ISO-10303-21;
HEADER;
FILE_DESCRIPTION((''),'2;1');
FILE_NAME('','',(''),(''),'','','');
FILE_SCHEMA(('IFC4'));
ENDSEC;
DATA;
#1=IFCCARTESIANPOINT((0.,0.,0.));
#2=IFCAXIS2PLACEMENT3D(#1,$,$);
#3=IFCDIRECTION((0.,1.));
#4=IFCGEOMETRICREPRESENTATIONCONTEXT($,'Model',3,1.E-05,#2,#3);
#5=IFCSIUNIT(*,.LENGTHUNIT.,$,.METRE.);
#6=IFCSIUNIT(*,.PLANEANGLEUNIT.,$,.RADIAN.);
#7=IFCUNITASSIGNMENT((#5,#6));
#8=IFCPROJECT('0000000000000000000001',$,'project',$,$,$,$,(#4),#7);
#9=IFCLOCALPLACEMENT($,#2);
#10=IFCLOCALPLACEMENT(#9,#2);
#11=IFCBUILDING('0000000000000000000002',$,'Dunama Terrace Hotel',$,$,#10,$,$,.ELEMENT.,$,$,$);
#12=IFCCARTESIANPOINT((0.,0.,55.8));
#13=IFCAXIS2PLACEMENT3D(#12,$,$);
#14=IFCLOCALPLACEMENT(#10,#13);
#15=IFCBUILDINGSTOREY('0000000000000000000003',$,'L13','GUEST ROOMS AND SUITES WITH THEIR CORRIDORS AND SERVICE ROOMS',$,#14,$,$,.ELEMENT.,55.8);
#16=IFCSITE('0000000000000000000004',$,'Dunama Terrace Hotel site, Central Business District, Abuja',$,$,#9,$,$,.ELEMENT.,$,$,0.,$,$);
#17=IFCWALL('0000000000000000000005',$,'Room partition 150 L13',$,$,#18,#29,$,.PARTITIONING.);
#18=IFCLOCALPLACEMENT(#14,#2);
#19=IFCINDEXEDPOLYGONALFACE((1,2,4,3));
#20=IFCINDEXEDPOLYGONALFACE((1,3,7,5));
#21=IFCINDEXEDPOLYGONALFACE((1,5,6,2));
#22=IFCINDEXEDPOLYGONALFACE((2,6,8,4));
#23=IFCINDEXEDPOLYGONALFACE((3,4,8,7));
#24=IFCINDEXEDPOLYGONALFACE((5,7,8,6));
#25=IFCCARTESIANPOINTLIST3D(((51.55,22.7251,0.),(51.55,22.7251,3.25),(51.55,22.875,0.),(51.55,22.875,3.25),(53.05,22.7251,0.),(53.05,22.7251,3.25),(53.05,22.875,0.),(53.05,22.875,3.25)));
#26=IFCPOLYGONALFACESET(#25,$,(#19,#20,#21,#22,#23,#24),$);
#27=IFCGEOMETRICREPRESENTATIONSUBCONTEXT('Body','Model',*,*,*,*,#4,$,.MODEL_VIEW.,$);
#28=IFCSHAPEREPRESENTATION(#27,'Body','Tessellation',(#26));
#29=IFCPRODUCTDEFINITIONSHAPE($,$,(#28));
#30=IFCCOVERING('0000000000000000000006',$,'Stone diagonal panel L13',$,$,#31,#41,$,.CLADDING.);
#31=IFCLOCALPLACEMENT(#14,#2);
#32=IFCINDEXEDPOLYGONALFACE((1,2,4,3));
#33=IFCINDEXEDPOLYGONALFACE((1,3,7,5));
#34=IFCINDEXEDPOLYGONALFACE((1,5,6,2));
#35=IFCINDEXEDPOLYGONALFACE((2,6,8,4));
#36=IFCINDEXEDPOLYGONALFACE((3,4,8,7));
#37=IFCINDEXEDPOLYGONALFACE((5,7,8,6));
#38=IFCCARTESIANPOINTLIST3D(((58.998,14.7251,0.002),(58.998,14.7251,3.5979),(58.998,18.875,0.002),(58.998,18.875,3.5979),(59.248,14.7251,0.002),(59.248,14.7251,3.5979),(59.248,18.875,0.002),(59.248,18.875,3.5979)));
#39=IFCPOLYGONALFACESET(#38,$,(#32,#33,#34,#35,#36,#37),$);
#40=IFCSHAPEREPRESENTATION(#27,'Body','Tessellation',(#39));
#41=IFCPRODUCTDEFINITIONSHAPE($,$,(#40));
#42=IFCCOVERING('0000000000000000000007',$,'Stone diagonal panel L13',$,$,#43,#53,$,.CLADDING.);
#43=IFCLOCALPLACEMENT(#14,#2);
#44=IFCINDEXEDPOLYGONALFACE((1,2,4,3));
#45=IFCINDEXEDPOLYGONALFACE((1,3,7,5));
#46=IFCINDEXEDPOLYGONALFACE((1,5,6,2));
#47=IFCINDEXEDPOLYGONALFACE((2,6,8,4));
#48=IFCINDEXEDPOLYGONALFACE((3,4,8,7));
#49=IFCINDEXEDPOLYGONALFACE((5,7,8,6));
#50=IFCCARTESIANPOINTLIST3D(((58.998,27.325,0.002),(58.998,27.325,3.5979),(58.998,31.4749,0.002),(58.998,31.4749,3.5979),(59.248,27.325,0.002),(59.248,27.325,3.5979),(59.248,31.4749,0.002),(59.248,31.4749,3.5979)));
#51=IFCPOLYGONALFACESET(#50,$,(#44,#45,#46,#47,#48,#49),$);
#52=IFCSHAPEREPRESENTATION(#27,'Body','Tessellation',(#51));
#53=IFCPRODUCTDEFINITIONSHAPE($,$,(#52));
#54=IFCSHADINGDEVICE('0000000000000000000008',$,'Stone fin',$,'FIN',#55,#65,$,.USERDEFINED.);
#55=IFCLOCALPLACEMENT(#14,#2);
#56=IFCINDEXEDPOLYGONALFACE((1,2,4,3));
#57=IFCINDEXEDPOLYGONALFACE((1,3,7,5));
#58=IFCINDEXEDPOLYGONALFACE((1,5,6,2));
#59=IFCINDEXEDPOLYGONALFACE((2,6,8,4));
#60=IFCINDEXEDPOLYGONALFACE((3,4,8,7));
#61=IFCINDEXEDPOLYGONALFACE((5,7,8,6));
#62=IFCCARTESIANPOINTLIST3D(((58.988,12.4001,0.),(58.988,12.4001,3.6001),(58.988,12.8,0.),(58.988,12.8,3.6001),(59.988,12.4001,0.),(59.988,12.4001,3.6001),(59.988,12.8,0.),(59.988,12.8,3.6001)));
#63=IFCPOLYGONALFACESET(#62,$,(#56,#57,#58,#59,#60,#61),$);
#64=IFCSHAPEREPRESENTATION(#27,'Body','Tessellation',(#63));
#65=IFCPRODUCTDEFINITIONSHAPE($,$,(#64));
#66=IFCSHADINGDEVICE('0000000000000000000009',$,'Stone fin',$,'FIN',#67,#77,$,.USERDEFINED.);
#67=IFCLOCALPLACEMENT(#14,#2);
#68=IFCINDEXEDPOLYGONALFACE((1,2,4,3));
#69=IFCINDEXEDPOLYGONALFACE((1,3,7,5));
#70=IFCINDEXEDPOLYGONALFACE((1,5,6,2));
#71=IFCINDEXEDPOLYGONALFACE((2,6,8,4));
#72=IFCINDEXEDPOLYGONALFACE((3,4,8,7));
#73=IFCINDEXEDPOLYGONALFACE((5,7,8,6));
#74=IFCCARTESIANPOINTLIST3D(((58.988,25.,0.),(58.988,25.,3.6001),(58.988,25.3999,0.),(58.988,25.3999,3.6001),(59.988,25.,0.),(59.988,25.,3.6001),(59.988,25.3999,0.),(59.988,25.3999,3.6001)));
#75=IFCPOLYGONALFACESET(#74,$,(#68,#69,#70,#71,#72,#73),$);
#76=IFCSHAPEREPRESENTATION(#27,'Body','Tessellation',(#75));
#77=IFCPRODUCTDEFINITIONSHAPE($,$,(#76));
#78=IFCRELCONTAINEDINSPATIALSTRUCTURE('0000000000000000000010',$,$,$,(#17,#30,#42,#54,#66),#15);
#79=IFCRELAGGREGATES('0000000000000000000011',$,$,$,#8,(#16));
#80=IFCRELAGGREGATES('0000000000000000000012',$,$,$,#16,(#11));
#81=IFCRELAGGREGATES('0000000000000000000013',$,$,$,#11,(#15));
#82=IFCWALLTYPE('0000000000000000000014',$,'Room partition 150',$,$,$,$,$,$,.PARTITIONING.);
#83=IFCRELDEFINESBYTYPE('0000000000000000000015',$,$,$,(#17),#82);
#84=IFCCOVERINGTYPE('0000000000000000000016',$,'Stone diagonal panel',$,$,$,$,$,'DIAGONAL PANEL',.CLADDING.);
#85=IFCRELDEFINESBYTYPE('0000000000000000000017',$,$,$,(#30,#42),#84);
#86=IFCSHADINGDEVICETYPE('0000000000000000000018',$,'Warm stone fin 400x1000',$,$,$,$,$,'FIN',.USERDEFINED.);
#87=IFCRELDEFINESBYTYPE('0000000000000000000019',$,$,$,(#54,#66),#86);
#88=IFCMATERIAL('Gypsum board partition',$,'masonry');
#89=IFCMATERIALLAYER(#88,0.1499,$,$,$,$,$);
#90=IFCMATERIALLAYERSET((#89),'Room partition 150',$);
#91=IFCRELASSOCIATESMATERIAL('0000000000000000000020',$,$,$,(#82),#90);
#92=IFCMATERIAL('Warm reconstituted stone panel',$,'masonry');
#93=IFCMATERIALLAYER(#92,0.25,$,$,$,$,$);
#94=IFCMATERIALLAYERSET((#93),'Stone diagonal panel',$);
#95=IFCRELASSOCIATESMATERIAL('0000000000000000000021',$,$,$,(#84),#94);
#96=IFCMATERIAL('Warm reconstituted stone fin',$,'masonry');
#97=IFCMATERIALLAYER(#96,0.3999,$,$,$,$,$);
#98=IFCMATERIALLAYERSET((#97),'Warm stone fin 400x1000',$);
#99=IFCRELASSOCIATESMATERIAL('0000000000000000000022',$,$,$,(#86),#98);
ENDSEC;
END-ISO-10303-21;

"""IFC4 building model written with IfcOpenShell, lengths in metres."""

from ifc_helpers import new_model, si_unit, direction, frame, frame_2d, origin, origin_2d, place, context, subcontext, project, spatial, rectangle, extrude, material, layer, layer_set, type_object, element, save


model = new_model("IFC4")

# Units and contexts
model_context = context("Model", 3, precision=1e-05, world=origin(), true_north=direction((0.0, 1.0)))
body_context = subcontext(model_context, "Body", "Model", "MODEL_VIEW")
ifc_project = project(units=[si_unit("LENGTHUNIT", "METRE"), si_unit("PLANEANGLEUNIT", "RADIAN")], contexts=[model_context])

# Site, building, storey
site_placement = place(None, origin())
site = spatial("IfcSite", under=ifc_project, at=site_placement, Name="Dunama Terrace Hotel site, Central Business District, Abuja", CompositionType="ELEMENT", RefElevation=0.0)
building_placement = place(site_placement, origin())
building = spatial("IfcBuilding", under=site, at=building_placement, Name="Dunama Terrace Hotel", CompositionType="ELEMENT")
storey_placement = place(building_placement, frame((0.0, 0.0, 55.8)))
storey = spatial("IfcBuildingStorey", under=building, at=storey_placement, Name="L13", Description="GUEST ROOMS AND SUITES WITH THEIR CORRIDORS AND SERVICE ROOMS", CompositionType="ELEMENT", Elevation=55.8)

# Shared definitions
ifc_material_1 = material(Name="Gypsum board partition", Category="masonry")
ifc_layer_1 = layer(ifc_material_1, 0.1499)
ifc_layer_set_1 = layer_set([ifc_layer_1], Name="Room partition 150")
wall_type_1 = type_object("IfcWallType", Name="Room partition 150", PredefinedType="PARTITIONING", material=ifc_layer_set_1)

# Wall
wall_1_placement = place(storey_placement, frame((51.55, 22.8, 0.0), z_axis=(0.0, 0.0, 1.0), x_axis=(1.0, 0.0, 0.0)))
element("IfcWall", 1, at=wall_1_placement, inside=storey, type_object=wall_type_1, Name="Room partition 150 L13", PredefinedType="PARTITIONING", context=body_context, shape_type="SweptSolid", body=[
    extrude(rectangle(XDim=1.5, YDim=0.1499, at=frame_2d((0.75, 0.0))), origin(), (0.0, 0.0, 1.0), 3.25),
])

# Coverings
ifc_material_2 = material(Name="Warm reconstituted stone panel", Category="masonry")
ifc_layer_2 = layer(ifc_material_2, 0.25)
ifc_layer_set_2 = layer_set([ifc_layer_2], Name="Stone diagonal panel")
covering_type = type_object("IfcCoveringType", Name="Stone diagonal panel", ElementType="DIAGONAL PANEL", PredefinedType="CLADDING", material=ifc_layer_set_2)
for number, where, z_axis, x_axis, name in (
    (2, (59.123, 16.8, 0.002), (0.0, 0.0, 1.0), (0.0, 1.0, 0.0), "Stone diagonal panel L13"),
    (3, (59.123, 29.3999, 0.002), (0.0, 0.0, 1.0), (0.0, 1.0, 0.0), "Stone diagonal panel L13"),
):
    element("IfcCovering", number, at=place(storey_placement, frame(where, z_axis=z_axis, x_axis=x_axis)), inside=storey, type_object=covering_type, Name=name, PredefinedType="CLADDING", context=body_context, shape_type="SweptSolid", body=[
        extrude(rectangle(XDim=4.1499, YDim=0.25, at=origin_2d()), origin(), (0.0, 0.0, 1.0), 3.5959),
    ])

# Shading devices
ifc_material_3 = material(Name="Warm reconstituted stone fin", Category="masonry")
ifc_layer_3 = layer(ifc_material_3, 0.3999)
ifc_layer_set_3 = layer_set([ifc_layer_3], Name="Warm stone fin 400x1000")
shading_device_type = type_object("IfcShadingDeviceType", Name="Warm stone fin 400x1000", ElementType="FIN", PredefinedType="USERDEFINED", material=ifc_layer_set_3)
for number, where, z_axis, x_axis, name in (
    (4, (59.488, 12.6001, 0.0), (0.0, 0.0, 1.0), (0.0, 1.0, 0.0), "Stone fin"),
    (5, (59.488, 25.2, 0.0), (0.0, 0.0, 1.0), (0.0, 1.0, 0.0), "Stone fin"),
):
    element("IfcShadingDevice", number, at=place(storey_placement, frame(where, z_axis=z_axis, x_axis=x_axis)), inside=storey, type_object=shading_device_type, Name=name, ObjectType="FIN", PredefinedType="USERDEFINED", context=body_context, shape_type="SweptSolid", body=[
        extrude(rectangle(XDim=0.3999, YDim=1.0, at=origin_2d()), origin(), (0.0, 0.0, 1.0), 3.6001),
    ])

save(model, "model.ifc")
